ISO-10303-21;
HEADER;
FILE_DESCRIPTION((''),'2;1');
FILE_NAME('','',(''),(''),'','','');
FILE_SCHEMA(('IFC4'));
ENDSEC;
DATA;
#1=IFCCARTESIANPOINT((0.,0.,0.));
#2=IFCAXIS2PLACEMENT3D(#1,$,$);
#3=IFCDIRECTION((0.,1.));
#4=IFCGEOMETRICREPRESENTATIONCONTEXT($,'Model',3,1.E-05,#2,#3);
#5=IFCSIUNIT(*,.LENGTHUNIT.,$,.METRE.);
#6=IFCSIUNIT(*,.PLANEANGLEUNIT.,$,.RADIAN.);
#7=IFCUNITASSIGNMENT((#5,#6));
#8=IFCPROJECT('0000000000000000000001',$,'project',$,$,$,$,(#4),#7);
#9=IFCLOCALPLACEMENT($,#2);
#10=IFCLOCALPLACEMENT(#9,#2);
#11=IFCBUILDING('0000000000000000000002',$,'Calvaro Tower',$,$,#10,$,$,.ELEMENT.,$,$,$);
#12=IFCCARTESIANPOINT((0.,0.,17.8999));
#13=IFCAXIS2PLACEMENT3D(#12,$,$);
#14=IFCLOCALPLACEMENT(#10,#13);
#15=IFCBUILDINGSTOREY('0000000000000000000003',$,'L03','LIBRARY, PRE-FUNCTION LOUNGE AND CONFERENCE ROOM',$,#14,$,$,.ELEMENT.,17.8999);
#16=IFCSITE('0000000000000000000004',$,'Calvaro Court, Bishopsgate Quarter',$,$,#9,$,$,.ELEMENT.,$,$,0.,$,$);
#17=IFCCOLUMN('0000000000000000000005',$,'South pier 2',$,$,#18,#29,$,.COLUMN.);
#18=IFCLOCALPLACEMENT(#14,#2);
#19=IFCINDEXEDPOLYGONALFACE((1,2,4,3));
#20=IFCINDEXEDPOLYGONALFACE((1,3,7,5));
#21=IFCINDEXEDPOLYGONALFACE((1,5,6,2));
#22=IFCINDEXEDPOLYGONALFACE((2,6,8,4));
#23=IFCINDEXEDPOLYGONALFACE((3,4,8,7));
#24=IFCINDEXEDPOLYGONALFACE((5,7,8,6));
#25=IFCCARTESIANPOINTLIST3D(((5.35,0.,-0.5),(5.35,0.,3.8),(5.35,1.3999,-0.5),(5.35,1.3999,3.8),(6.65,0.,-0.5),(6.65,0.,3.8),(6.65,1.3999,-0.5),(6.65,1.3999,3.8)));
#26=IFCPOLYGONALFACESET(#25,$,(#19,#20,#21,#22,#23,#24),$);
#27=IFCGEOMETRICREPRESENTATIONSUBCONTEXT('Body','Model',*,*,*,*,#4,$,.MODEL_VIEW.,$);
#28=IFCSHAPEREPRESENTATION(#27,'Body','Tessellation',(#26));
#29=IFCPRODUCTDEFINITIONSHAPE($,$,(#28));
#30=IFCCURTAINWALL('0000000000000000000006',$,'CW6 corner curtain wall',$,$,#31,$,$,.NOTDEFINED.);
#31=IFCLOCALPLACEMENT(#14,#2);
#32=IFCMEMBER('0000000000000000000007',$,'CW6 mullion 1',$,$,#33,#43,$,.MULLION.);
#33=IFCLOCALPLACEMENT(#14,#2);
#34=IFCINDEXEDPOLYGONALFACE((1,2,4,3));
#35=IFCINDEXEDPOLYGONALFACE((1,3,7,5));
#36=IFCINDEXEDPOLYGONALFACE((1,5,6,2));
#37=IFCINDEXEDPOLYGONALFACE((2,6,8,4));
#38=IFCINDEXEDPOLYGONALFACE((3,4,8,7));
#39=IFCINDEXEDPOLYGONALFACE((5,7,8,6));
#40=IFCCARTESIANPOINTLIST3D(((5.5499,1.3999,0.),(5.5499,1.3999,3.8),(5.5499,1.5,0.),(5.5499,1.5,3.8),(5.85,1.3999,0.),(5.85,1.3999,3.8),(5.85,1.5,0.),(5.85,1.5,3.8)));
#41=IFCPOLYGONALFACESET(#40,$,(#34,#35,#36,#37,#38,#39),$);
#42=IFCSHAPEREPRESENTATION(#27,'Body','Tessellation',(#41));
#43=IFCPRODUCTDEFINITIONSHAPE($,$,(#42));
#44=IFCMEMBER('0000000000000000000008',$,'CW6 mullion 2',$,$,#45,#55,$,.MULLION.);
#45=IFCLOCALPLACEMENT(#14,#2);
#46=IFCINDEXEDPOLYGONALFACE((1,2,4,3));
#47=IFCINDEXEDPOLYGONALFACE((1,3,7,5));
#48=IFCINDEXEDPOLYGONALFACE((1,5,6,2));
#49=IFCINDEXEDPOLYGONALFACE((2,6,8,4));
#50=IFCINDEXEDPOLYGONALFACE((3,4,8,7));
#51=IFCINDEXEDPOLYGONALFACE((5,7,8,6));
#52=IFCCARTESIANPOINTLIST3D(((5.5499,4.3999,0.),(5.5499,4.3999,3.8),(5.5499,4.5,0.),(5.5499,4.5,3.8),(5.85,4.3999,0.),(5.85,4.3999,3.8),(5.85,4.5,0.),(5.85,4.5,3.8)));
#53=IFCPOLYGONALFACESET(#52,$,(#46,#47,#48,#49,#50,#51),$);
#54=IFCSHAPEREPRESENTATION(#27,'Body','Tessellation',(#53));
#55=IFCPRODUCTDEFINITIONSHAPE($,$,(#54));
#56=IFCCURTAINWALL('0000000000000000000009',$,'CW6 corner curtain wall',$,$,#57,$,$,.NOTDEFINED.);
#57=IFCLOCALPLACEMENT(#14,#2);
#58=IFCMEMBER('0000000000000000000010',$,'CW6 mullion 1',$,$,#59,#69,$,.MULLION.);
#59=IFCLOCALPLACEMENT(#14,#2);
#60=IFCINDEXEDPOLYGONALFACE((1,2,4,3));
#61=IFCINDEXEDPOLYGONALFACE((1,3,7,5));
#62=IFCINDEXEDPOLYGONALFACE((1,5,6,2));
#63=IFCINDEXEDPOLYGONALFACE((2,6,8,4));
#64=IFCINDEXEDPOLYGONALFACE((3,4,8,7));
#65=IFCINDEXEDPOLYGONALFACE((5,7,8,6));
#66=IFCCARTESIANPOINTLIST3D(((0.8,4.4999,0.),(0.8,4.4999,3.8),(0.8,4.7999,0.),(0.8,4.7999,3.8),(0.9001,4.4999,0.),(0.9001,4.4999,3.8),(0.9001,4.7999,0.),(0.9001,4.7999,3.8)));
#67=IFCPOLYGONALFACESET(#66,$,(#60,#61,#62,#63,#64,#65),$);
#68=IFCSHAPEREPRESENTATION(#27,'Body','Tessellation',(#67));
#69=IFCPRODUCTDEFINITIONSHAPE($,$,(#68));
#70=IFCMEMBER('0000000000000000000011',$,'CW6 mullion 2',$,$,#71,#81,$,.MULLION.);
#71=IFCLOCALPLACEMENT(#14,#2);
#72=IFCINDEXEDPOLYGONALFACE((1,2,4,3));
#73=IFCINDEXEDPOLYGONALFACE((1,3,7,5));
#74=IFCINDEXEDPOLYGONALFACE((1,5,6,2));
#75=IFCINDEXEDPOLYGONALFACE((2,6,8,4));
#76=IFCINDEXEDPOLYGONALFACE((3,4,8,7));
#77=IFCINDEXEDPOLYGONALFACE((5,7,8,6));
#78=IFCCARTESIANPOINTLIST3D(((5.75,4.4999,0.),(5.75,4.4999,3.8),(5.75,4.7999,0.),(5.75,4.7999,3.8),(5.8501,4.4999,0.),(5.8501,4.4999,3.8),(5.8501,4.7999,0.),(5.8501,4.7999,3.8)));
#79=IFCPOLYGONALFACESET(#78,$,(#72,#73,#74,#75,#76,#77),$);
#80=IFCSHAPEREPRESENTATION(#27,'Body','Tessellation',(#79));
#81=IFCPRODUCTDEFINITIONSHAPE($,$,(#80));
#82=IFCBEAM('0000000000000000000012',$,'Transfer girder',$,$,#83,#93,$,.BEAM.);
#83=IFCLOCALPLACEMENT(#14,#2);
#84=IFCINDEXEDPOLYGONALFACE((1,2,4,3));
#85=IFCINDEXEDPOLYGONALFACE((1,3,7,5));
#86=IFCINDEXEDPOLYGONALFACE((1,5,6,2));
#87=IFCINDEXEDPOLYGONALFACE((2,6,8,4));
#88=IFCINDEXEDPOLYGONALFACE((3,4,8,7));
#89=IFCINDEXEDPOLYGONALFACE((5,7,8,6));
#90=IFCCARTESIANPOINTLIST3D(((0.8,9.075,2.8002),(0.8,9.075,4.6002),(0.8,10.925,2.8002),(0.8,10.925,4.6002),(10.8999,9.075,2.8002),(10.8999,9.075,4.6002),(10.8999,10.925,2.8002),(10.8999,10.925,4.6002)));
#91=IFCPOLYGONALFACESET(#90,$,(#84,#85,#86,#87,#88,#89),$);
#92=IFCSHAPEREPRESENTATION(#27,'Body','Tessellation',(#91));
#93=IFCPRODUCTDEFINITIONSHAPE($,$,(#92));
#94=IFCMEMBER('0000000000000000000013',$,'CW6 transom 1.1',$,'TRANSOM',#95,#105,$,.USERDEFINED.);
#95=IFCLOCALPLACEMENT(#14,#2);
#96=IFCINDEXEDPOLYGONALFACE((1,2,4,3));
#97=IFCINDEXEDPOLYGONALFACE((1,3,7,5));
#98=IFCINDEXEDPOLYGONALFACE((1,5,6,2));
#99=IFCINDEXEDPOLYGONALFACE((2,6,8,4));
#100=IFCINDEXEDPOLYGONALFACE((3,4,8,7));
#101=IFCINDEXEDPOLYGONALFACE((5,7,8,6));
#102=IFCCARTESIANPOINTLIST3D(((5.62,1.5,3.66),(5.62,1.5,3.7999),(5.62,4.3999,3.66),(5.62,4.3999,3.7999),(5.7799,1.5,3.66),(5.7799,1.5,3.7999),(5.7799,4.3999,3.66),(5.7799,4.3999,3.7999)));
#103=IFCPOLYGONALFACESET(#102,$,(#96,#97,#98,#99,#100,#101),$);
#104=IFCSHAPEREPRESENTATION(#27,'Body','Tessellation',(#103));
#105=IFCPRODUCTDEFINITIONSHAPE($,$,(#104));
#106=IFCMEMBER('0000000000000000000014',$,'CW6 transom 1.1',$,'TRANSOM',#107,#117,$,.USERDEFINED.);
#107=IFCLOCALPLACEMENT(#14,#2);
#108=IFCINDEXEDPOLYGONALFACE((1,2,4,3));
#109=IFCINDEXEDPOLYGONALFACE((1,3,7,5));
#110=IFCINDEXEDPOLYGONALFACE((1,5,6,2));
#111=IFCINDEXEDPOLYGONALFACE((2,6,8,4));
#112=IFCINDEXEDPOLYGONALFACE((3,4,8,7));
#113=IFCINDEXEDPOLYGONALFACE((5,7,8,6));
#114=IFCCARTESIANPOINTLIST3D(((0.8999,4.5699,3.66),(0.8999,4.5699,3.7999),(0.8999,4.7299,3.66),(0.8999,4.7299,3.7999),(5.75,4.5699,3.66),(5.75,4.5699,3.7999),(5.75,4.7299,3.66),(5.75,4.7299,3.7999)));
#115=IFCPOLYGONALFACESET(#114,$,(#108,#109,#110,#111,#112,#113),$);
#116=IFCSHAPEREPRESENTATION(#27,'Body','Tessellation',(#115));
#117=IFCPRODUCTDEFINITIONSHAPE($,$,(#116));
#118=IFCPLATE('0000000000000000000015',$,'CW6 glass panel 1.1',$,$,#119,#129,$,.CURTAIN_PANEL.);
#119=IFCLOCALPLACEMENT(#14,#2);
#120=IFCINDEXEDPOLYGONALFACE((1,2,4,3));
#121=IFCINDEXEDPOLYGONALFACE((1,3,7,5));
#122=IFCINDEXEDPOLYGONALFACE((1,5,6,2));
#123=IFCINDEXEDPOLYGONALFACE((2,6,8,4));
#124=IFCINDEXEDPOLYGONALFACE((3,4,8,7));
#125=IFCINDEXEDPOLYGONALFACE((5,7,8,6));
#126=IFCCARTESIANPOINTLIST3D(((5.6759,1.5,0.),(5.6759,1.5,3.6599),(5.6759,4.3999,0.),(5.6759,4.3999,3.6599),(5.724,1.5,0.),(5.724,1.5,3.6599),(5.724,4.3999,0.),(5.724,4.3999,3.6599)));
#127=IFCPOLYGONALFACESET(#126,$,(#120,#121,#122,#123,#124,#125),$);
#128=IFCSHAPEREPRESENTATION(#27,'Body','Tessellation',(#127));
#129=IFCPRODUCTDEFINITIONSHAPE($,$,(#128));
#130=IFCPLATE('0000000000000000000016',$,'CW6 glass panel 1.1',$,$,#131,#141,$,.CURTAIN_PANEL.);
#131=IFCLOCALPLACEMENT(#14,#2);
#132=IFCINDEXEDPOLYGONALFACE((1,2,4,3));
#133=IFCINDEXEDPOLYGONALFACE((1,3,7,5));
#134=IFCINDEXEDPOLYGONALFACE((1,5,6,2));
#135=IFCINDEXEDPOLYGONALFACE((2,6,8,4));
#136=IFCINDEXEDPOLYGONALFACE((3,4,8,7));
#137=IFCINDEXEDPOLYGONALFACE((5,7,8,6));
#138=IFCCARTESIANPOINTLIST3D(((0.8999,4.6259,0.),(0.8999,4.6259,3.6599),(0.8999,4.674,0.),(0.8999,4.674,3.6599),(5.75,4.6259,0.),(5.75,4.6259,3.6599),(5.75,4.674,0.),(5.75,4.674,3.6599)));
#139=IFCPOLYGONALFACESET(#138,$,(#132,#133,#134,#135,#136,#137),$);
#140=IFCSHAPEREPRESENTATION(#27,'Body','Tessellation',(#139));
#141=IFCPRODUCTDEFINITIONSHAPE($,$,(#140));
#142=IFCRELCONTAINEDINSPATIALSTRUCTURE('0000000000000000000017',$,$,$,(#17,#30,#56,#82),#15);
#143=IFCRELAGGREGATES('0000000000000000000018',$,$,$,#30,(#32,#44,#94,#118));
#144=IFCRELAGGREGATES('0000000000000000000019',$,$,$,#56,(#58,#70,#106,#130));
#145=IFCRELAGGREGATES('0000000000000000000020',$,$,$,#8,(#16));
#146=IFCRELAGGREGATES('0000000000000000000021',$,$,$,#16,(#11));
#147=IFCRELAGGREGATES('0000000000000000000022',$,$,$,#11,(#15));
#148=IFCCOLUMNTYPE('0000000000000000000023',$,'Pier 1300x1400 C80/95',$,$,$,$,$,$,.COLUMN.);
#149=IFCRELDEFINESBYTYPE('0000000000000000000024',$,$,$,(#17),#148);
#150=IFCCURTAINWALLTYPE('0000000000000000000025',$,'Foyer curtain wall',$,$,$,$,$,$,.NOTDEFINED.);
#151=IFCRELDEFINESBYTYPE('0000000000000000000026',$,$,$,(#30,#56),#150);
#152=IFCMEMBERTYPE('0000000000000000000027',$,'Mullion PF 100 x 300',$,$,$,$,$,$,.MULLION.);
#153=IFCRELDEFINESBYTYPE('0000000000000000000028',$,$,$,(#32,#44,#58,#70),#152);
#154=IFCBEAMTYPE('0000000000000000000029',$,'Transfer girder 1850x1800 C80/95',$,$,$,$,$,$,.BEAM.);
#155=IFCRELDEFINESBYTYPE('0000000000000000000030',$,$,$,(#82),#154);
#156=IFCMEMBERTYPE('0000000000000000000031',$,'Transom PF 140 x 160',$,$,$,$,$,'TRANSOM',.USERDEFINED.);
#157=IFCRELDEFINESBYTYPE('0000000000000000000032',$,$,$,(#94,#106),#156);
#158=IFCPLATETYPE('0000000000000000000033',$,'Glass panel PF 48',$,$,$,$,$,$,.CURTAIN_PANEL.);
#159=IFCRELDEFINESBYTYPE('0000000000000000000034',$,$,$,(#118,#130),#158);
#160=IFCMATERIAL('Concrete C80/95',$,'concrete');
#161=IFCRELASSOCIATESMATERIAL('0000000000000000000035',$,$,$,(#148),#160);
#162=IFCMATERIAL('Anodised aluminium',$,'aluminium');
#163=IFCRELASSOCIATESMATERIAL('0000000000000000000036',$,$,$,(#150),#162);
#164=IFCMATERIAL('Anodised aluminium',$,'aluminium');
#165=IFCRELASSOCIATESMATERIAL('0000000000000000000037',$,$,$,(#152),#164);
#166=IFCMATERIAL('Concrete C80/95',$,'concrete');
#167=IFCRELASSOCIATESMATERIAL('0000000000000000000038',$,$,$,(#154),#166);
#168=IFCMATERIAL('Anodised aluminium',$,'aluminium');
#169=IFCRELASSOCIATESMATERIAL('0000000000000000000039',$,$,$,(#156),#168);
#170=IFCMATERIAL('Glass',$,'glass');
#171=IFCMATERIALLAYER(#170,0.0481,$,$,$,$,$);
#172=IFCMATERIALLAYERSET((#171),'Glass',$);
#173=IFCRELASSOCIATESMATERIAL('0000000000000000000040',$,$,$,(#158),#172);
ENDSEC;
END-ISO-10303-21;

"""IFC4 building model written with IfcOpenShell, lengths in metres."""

from ifc_helpers import new_model, si_unit, direction, frame, origin, origin_2d, place, context, subcontext, project, spatial, rectangle, extrude, material, layer, layer_set, material_profile, profile_set, type_object, element, aggregate, save


model = new_model("IFC4")

# Units and contexts
model_context = context("Model", 3, precision=1e-05, world=origin(), true_north=direction((0.0, 1.0)))
body_context = subcontext(model_context, "Body", "Model", "MODEL_VIEW")
ifc_project = project(units=[si_unit("LENGTHUNIT", "METRE"), si_unit("PLANEANGLEUNIT", "RADIAN")], contexts=[model_context])

# Site, building, storey
site_placement = place(None, origin())
site = spatial("IfcSite", under=ifc_project, at=site_placement, Name="Calvaro Court, Bishopsgate Quarter", CompositionType="ELEMENT", RefElevation=0.0)
building_placement = place(site_placement, origin())
building = spatial("IfcBuilding", under=site, at=building_placement, Name="Calvaro Tower", CompositionType="ELEMENT")
storey_placement = place(building_placement, frame((0.0, 0.0, 17.8999)))
storey = spatial("IfcBuildingStorey", under=building, at=storey_placement, Name="L03", Description="LIBRARY, PRE-FUNCTION LOUNGE AND CONFERENCE ROOM", CompositionType="ELEMENT", Elevation=17.8999)

# Column
ifc_material_1 = material(Name="Concrete C80/95", Category="concrete")
ifc_material_profile_1 = material_profile(ifc_material_1, rectangle(XDim=1.3, YDim=1.3999, at=origin_2d()), Name="RC 1300x1400")
ifc_profile_set_1 = profile_set([ifc_material_profile_1], Name="Concrete C80/95")
column_type = type_object("IfcColumnType", Name="Pier 1300x1400 C80/95", PredefinedType="COLUMN", material=ifc_profile_set_1)
column_placement = place(storey_placement, frame((6.0, 0.7, -0.5), z_axis=(0.0, 0.0, 1.0), x_axis=(1.0, 0.0, 0.0)))
element("IfcColumn", 1, at=column_placement, inside=storey, type_object=column_type, Name="South pier 2", PredefinedType="COLUMN", context=body_context, shape_type="SweptSolid", body=[
    extrude(rectangle(XDim=1.3, YDim=1.3999, at=origin_2d()), origin(), (0.0, 0.0, 1.0), 4.3),
])

# Curtain walls, members
ifc_material_2 = material(Name="Anodised aluminium", Category="aluminium")
curtain_wall_type = type_object("IfcCurtainWallType", Name="Foyer curtain wall", PredefinedType="NOTDEFINED", material=ifc_material_2)
curtain_wall_1_placement = place(storey_placement, origin())
curtain_wall_1 = element("IfcCurtainWall", 2, at=curtain_wall_1_placement, inside=storey, type_object=curtain_wall_type, Name="CW6 corner curtain wall", PredefinedType="NOTDEFINED")
ifc_material_3 = material(Name="Anodised aluminium", Category="aluminium")
ifc_material_profile_2 = material_profile(ifc_material_3, rectangle(XDim=0.3, YDim=0.1001, at=origin_2d()), Name="Mullion PF 100 x 300")
ifc_profile_set_2 = profile_set([ifc_material_profile_2], Name="Anodised aluminium")
member_type_1 = type_object("IfcMemberType", Name="Mullion PF 100 x 300", PredefinedType="MULLION", material=ifc_profile_set_2)
member_1_placement = place(storey_placement, frame((5.7, 1.45, 0.0), z_axis=(0.0, 0.0, 1.0), x_axis=(-1.0, 0.0, 0.0)))
member_1 = element("IfcMember", 3, at=member_1_placement, type_object=member_type_1, Name="CW6 mullion 1", PredefinedType="MULLION", context=body_context, shape_type="SweptSolid", body=[
    extrude(rectangle(XDim=0.3, YDim=0.1001, at=origin_2d()), origin(), (0.0, 0.0, 1.0), 3.8),
])
member_2_placement = place(storey_placement, frame((5.7, 4.45, 0.0), z_axis=(0.0, 0.0, 1.0), x_axis=(-1.0, 0.0, 0.0)))
member_2 = element("IfcMember", 4, at=member_2_placement, type_object=member_type_1, Name="CW6 mullion 2", PredefinedType="MULLION", context=body_context, shape_type="SweptSolid", body=[
    extrude(rectangle(XDim=0.3, YDim=0.1001, at=origin_2d()), origin(), (0.0, 0.0, 1.0), 3.8),
])
curtain_wall_2_placement = place(storey_placement, origin())
curtain_wall_2 = element("IfcCurtainWall", 5, at=curtain_wall_2_placement, inside=storey, type_object=curtain_wall_type, Name="CW6 corner curtain wall", PredefinedType="NOTDEFINED")
member_3_placement = place(storey_placement, frame((0.8501, 4.6499, 0.0), z_axis=(0.0, 0.0, 1.0), x_axis=(0.0, 1.0, 0.0)))
member_3 = element("IfcMember", 6, at=member_3_placement, type_object=member_type_1, Name="CW6 mullion 1", PredefinedType="MULLION", context=body_context, shape_type="SweptSolid", body=[
    extrude(rectangle(XDim=0.3, YDim=0.1001, at=origin_2d()), origin(), (0.0, 0.0, 1.0), 3.8),
])
member_4_placement = place(storey_placement, frame((5.8, 4.6499, 0.0), z_axis=(0.0, 0.0, 1.0), x_axis=(0.0, 1.0, 0.0)))
member_4 = element("IfcMember", 7, at=member_4_placement, type_object=member_type_1, Name="CW6 mullion 2", PredefinedType="MULLION", context=body_context, shape_type="SweptSolid", body=[
    extrude(rectangle(XDim=0.3, YDim=0.1001, at=origin_2d()), origin(), (0.0, 0.0, 1.0), 3.8),
])

# Beam
ifc_material_4 = material(Name="Concrete C80/95", Category="concrete")
ifc_material_profile_3 = material_profile(ifc_material_4, rectangle(XDim=1.8501, YDim=1.8, at=origin_2d()), Name="RC 1850x1800")
ifc_profile_set_3 = profile_set([ifc_material_profile_3], Name="Concrete C80/95")
beam_type = type_object("IfcBeamType", Name="Transfer girder 1850x1800 C80/95", PredefinedType="BEAM", material=ifc_profile_set_3)
beam_placement = place(storey_placement, frame((0.8, 10.0, 3.7002), z_axis=(1.0, 0.0, 0.0), x_axis=(0.0, 1.0, 0.0)))
element("IfcBeam", 8, at=beam_placement, inside=storey, type_object=beam_type, Name="Transfer girder", PredefinedType="BEAM", context=body_context, shape_type="SweptSolid", body=[
    extrude(rectangle(XDim=1.8501, YDim=1.8, at=origin_2d()), origin(), (0.0, 0.0, 1.0), 10.0999),
])

# Members
ifc_material_5 = material(Name="Anodised aluminium", Category="aluminium")
ifc_material_profile_4 = material_profile(ifc_material_5, rectangle(XDim=0.1599, YDim=0.1399, at=origin_2d()), Name="Transom PF 140 x 160")
ifc_profile_set_4 = profile_set([ifc_material_profile_4], Name="Anodised aluminium")
member_type_2 = type_object("IfcMemberType", Name="Transom PF 140 x 160", ElementType="TRANSOM", PredefinedType="USERDEFINED", material=ifc_profile_set_4)
member_5_placement = place(storey_placement, frame((5.7, 1.5, 3.73), z_axis=(0.0, 1.0, 0.0), x_axis=(-1.0, 0.0, 0.0)))
member_5 = element("IfcMember", 9, at=member_5_placement, type_object=member_type_2, Name="CW6 transom 1.1", ObjectType="TRANSOM", PredefinedType="USERDEFINED", context=body_context, shape_type="SweptSolid", body=[
    extrude(rectangle(XDim=0.1599, YDim=0.1399, at=origin_2d()), origin(), (0.0, 0.0, 1.0), 2.8999),
])
member_6_placement = place(storey_placement, frame((0.8999, 4.6499, 3.73), z_axis=(1.0, 0.0, 0.0), x_axis=(0.0, 1.0, 0.0)))
member_6 = element("IfcMember", 10, at=member_6_placement, type_object=member_type_2, Name="CW6 transom 1.1", ObjectType="TRANSOM", PredefinedType="USERDEFINED", context=body_context, shape_type="SweptSolid", body=[
    extrude(rectangle(XDim=0.1599, YDim=0.1399, at=origin_2d()), origin(), (0.0, 0.0, 1.0), 4.8501),
])

# Plates
ifc_material_6 = material(Name="Glass", Category="glass")
ifc_layer_1 = layer(ifc_material_6, 0.0481)
ifc_layer_set_1 = layer_set([ifc_layer_1], Name="Glass")
plate_type = type_object("IfcPlateType", Name="Glass panel PF 48", PredefinedType="CURTAIN_PANEL", material=ifc_layer_set_1)
plate_1_placement = place(storey_placement, frame((5.7, 2.95, 0.0), z_axis=(0.0, 0.0, 1.0), x_axis=(0.0, 1.0, 0.0)))
plate_1 = element("IfcPlate", 11, at=plate_1_placement, type_object=plate_type, Name="CW6 glass panel 1.1", PredefinedType="CURTAIN_PANEL", context=body_context, shape_type="SweptSolid", body=[
    extrude(rectangle(XDim=2.8999, YDim=0.0481, at=origin_2d()), origin(), (0.0, 0.0, 1.0), 3.6599),
])
aggregate(curtain_wall_1, [member_1, member_2, member_5, plate_1])
plate_2_placement = place(storey_placement, frame((3.325, 4.6499, 0.0), z_axis=(0.0, 0.0, 1.0), x_axis=(1.0, 0.0, 0.0)))
plate_2 = element("IfcPlate", 12, at=plate_2_placement, type_object=plate_type, Name="CW6 glass panel 1.1", PredefinedType="CURTAIN_PANEL", context=body_context, shape_type="SweptSolid", body=[
    extrude(rectangle(XDim=4.8501, YDim=0.0481, at=origin_2d()), origin(), (0.0, 0.0, 1.0), 3.6599),
])
aggregate(curtain_wall_2, [member_3, member_4, member_6, plate_2])

save(model, "model.ifc")
